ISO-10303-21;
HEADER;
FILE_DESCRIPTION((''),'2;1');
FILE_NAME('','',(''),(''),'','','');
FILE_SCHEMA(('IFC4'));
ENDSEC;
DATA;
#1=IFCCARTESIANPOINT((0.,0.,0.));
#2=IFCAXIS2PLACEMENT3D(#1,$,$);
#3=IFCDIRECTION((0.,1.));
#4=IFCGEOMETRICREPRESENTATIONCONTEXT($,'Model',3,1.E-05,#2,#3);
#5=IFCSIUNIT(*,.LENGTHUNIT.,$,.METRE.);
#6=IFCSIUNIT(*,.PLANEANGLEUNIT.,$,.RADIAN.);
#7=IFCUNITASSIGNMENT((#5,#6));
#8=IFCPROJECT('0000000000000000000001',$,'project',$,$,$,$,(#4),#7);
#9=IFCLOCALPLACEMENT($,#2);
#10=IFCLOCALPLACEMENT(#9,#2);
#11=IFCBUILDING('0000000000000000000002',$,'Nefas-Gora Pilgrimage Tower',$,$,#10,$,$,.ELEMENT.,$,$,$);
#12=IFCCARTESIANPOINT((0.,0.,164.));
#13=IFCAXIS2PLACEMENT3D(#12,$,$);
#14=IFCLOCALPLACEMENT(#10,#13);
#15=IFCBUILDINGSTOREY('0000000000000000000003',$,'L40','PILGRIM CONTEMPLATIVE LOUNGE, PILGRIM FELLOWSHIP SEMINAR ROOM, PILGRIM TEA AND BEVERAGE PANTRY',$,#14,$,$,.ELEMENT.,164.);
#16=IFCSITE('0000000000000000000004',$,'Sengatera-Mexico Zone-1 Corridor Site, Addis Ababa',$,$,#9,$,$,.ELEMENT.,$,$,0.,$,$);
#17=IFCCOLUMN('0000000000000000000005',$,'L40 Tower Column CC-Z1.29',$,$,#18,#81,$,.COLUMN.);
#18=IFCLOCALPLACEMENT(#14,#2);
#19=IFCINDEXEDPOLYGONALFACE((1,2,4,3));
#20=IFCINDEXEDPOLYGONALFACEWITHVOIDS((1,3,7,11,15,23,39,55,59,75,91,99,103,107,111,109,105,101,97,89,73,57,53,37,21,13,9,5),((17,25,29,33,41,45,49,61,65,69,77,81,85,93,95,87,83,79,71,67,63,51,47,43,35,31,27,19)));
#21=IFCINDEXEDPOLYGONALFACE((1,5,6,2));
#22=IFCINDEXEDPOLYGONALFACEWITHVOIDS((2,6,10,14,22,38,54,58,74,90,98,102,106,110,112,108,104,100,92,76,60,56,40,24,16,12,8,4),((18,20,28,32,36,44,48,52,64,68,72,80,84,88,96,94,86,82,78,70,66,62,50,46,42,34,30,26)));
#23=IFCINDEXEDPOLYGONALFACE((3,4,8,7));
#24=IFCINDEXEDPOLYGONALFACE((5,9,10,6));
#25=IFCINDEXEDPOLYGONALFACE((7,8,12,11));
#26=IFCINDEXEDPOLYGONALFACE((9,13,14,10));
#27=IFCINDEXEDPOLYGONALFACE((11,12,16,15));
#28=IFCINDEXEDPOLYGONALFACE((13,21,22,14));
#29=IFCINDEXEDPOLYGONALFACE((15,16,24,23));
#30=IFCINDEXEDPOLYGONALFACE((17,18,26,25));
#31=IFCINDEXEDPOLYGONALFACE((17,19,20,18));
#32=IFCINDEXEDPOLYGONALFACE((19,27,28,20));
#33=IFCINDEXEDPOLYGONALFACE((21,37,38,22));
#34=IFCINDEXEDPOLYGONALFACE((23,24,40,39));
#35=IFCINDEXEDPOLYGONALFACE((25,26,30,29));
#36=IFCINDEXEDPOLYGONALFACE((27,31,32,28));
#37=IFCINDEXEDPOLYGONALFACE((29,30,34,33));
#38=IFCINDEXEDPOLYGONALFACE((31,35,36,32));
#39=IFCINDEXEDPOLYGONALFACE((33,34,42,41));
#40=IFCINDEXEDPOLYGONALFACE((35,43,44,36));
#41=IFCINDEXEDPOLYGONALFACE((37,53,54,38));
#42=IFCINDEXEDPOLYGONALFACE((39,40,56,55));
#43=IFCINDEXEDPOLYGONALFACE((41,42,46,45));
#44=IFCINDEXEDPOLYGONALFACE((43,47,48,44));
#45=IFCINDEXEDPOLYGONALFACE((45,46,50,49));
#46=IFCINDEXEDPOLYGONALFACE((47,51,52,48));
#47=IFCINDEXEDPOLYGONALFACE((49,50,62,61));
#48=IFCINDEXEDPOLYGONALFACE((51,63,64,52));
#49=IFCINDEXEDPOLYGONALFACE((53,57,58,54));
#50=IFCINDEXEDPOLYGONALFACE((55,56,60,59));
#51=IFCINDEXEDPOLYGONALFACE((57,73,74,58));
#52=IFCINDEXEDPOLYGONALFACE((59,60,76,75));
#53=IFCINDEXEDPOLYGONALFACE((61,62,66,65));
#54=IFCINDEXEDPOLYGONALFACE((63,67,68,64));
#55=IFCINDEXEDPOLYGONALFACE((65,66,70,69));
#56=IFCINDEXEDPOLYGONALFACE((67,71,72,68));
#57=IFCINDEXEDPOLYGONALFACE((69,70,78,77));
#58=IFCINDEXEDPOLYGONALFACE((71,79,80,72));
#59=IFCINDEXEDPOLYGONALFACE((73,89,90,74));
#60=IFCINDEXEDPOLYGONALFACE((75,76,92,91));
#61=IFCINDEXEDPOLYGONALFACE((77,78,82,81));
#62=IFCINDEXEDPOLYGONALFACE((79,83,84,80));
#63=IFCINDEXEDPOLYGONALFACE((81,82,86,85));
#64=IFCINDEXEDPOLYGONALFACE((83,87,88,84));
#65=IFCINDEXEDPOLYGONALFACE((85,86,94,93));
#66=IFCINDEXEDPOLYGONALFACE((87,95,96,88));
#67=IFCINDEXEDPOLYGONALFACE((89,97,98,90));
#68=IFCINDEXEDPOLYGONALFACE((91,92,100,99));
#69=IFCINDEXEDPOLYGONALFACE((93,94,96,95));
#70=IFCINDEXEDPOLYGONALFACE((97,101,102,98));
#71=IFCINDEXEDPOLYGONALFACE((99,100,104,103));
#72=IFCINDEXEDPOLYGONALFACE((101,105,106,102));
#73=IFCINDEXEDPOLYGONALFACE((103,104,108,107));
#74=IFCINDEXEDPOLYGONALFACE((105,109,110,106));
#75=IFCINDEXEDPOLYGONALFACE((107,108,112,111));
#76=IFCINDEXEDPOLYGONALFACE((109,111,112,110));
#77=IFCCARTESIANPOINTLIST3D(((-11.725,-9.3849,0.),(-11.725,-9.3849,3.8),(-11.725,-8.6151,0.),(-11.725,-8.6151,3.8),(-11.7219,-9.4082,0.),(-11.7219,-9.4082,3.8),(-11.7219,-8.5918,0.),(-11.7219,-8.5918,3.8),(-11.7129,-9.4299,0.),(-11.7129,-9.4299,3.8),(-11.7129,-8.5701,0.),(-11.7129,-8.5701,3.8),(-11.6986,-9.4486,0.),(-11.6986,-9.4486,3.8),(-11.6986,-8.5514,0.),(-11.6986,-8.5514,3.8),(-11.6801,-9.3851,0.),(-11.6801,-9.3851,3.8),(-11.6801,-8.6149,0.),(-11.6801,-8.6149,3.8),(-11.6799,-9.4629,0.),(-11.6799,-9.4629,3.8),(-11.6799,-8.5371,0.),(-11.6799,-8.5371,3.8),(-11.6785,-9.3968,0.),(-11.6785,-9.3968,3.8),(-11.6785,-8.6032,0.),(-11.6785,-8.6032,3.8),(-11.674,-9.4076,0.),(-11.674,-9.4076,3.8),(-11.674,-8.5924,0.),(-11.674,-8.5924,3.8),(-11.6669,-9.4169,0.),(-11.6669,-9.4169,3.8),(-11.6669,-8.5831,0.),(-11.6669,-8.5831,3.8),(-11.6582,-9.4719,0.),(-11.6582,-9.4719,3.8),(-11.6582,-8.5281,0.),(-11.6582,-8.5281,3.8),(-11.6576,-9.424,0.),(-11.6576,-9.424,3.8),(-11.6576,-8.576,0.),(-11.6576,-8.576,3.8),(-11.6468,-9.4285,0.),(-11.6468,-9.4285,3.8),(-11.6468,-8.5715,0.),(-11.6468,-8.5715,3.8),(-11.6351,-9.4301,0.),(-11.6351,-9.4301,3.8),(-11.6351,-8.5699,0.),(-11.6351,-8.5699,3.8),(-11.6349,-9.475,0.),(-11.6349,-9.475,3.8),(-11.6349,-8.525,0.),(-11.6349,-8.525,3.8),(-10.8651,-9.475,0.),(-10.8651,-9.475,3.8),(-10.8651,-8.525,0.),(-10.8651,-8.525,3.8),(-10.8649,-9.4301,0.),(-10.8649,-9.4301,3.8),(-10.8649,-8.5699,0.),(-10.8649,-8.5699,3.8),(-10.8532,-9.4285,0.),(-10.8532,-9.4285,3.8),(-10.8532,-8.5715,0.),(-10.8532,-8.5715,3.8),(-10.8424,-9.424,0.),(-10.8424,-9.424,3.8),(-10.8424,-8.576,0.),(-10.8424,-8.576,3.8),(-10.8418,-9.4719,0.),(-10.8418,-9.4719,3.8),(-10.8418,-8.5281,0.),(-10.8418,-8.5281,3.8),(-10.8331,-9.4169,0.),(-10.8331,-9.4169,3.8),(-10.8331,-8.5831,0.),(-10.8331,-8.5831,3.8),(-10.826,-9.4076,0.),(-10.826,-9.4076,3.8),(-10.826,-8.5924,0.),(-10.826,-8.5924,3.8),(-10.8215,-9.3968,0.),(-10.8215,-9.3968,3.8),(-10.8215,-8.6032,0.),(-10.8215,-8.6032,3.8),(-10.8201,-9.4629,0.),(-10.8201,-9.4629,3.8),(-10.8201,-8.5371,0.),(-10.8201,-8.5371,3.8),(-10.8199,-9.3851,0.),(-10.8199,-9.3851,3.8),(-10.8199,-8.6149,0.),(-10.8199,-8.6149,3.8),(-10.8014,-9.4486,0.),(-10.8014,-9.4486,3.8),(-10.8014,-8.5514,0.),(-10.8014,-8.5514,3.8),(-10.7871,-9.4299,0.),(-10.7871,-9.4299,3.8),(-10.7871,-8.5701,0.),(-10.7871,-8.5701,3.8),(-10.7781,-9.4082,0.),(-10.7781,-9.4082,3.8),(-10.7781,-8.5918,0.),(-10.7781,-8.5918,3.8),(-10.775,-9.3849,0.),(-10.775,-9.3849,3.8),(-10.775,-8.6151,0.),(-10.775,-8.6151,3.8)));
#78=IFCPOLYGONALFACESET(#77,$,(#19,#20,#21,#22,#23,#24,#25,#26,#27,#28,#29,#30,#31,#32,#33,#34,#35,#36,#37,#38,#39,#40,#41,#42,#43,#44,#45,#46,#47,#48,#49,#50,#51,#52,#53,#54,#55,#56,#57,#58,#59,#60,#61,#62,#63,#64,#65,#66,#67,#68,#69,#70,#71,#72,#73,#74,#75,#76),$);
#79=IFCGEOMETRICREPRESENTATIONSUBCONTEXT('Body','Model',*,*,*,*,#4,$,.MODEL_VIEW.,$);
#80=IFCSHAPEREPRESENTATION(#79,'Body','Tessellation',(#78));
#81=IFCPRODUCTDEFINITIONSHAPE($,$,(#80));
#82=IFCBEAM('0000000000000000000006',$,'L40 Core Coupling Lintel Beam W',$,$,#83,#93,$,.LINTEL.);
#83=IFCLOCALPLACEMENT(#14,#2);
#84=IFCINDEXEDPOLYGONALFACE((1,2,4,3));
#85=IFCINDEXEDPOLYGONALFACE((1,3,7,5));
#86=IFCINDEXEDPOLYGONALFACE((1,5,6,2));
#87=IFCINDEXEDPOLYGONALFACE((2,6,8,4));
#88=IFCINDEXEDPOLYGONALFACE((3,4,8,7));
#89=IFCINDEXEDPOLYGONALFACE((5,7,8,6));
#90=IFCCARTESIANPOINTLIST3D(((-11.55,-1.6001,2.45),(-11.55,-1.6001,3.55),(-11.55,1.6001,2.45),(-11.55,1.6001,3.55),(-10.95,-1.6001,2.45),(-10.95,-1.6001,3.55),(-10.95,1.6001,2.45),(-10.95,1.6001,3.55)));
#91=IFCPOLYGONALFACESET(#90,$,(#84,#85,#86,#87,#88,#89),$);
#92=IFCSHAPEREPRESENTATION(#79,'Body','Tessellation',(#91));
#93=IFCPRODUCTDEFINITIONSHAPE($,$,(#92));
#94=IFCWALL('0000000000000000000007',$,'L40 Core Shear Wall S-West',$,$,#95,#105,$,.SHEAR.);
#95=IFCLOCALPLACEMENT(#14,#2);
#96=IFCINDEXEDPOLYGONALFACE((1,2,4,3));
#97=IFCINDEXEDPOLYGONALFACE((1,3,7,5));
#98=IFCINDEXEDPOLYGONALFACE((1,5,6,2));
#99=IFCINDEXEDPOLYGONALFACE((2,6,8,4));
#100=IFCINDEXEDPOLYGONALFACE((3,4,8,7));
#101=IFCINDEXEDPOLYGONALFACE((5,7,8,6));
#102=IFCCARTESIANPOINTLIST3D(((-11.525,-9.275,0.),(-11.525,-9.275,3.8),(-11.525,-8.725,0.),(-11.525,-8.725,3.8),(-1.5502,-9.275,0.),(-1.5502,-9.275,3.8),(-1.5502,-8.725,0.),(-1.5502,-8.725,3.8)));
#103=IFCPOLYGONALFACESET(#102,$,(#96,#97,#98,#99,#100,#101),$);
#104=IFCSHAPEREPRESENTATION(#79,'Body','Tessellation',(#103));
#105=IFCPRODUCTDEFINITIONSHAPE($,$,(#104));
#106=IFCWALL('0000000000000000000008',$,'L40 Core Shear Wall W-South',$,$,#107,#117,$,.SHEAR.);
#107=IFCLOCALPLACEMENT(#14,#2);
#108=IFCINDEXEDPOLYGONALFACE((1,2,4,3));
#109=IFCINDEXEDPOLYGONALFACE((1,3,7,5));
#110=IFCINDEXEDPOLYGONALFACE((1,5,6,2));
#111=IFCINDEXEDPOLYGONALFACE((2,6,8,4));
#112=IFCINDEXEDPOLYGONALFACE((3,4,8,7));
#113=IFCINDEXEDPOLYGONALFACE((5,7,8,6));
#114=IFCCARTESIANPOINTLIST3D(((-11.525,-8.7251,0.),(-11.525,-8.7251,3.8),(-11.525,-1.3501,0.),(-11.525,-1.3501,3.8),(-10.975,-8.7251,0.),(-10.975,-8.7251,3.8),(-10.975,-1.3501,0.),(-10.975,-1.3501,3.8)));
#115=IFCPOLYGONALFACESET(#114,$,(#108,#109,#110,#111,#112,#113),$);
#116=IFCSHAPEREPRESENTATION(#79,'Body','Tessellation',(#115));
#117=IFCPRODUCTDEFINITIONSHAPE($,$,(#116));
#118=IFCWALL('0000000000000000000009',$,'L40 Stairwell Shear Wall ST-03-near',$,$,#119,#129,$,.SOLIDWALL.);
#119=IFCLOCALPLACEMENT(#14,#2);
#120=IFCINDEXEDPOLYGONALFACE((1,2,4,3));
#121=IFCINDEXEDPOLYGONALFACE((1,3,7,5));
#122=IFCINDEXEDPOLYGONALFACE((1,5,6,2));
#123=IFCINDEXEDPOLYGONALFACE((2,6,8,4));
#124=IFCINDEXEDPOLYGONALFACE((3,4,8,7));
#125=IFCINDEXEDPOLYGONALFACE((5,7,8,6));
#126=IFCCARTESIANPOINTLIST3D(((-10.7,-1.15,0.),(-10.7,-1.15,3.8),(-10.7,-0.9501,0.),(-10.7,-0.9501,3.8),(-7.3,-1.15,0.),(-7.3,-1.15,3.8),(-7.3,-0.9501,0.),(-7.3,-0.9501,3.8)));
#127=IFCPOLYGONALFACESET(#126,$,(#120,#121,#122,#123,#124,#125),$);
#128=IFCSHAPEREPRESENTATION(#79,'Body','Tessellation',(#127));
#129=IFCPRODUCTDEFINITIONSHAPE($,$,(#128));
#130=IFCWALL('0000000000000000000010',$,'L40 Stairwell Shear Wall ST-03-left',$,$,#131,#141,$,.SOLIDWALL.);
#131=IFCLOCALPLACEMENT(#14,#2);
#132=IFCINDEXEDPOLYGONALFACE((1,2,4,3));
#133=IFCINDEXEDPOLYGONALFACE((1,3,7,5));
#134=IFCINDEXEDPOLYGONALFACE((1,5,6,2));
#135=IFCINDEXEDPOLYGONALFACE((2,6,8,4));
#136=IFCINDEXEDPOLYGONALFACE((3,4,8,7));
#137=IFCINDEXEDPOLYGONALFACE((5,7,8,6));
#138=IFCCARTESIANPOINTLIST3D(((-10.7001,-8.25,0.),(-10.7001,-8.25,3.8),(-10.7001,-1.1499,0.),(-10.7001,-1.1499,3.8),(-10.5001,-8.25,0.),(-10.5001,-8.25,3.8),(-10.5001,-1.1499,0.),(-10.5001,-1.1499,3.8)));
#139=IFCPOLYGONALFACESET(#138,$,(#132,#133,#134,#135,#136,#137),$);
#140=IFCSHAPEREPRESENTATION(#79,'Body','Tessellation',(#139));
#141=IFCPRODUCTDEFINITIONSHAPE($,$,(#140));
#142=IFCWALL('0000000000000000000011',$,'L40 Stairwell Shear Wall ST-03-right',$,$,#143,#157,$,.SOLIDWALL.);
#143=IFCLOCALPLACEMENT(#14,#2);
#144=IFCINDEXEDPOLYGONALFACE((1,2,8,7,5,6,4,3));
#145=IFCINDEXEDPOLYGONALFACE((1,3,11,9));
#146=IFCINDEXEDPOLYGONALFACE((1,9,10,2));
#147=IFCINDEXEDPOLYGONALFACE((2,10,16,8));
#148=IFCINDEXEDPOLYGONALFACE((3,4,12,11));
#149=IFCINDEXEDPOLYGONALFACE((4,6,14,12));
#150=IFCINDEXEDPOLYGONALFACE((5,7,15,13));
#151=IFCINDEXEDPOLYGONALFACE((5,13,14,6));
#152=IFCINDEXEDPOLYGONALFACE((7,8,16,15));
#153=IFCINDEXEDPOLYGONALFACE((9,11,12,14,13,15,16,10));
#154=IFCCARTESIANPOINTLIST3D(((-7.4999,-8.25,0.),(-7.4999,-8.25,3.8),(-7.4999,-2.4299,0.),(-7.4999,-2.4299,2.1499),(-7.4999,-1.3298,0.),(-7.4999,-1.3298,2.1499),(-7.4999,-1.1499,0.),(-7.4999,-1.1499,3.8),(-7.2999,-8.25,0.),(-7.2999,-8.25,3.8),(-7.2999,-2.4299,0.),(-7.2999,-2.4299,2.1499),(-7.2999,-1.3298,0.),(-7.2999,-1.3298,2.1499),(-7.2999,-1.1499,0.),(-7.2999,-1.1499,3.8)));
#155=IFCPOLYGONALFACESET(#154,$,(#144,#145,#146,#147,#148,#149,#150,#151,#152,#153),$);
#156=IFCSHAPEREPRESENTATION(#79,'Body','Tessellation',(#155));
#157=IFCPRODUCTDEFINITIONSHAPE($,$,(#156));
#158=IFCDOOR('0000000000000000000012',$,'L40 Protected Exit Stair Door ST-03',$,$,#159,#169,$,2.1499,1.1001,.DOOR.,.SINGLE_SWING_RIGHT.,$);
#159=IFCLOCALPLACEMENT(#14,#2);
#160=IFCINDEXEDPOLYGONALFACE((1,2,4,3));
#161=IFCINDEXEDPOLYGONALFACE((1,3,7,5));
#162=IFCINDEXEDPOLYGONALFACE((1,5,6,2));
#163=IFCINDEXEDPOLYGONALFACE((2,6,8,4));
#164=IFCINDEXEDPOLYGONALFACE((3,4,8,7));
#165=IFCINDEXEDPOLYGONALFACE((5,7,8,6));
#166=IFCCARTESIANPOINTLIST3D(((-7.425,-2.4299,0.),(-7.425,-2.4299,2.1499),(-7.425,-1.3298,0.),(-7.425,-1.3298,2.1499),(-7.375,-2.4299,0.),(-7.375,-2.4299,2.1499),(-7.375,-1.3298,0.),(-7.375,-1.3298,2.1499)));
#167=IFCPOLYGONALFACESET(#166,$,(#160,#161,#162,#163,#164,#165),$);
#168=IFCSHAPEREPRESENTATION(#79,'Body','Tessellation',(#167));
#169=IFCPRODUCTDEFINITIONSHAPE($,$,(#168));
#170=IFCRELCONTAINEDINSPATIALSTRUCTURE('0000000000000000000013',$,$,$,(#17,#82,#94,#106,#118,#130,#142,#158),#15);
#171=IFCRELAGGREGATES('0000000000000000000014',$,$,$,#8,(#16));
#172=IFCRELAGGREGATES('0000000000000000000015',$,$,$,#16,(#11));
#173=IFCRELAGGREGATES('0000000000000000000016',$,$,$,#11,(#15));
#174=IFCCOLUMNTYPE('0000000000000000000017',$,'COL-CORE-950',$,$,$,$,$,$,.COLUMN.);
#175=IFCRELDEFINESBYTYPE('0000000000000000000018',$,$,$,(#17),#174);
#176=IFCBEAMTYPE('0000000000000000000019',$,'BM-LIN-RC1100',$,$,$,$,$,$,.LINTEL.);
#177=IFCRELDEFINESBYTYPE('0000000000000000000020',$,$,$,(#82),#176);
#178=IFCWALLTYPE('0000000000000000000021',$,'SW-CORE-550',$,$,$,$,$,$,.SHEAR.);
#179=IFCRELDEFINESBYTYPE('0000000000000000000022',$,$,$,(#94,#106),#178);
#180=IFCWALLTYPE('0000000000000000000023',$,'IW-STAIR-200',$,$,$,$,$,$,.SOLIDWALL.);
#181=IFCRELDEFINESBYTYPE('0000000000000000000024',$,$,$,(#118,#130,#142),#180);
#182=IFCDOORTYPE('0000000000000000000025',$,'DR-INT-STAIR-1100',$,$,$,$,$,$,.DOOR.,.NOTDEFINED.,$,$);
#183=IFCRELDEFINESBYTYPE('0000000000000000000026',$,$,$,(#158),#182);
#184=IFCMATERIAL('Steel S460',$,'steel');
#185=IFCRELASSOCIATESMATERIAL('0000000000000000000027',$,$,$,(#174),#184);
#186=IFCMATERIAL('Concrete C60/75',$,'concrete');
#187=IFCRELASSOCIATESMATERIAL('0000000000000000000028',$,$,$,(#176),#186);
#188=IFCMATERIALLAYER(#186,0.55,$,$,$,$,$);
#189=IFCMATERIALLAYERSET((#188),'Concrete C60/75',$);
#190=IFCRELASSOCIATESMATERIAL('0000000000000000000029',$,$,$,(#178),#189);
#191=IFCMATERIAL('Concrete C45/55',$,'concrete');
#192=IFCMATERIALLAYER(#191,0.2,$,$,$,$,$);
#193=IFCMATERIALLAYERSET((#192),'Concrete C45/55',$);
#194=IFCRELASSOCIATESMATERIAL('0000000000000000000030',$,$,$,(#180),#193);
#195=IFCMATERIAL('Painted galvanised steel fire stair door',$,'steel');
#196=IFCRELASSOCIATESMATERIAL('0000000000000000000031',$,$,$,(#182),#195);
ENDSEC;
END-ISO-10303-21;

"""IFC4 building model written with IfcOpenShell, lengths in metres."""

from ifc_helpers import new_model, si_unit, direction, frame, frame_2d, origin, origin_2d, place, context, subcontext, project, spatial, rectangle, hollow_rectangle, extrude, source, transform, mapped, material, layer, layer_set, material_profile, profile_set, type_object, element, fill, save


model = new_model("IFC4")

# Units and contexts
model_context = context("Model", 3, precision=1e-05, world=origin(), true_north=direction((0.0, 1.0)))
body_context = subcontext(model_context, "Body", "Model", "MODEL_VIEW")
ifc_project = project(units=[si_unit("LENGTHUNIT", "METRE"), si_unit("PLANEANGLEUNIT", "RADIAN")], contexts=[model_context])

# Site, building, storey
site_placement = place(None, origin())
site = spatial("IfcSite", under=ifc_project, at=site_placement, Name="Sengatera-Mexico Zone-1 Corridor Site, Addis Ababa", CompositionType="ELEMENT", RefElevation=0.0)
building_placement = place(site_placement, origin())
building = spatial("IfcBuilding", under=site, at=building_placement, Name="Nefas-Gora Pilgrimage Tower", CompositionType="ELEMENT")
storey_placement = place(building_placement, frame((0.0, 0.0, 164.0)))
storey = spatial("IfcBuildingStorey", under=building, at=storey_placement, Name="L40", Description="PILGRIM CONTEMPLATIVE LOUNGE, PILGRIM FELLOWSHIP SEMINAR ROOM, PILGRIM TEA AND BEVERAGE PANTRY", CompositionType="ELEMENT", Elevation=164.0)

# Column
ifc_material_1 = material(Name="Steel S460", Category="steel")
ifc_material_profile_1 = material_profile(ifc_material_1, hollow_rectangle(XDim=0.95, YDim=0.95, WallThickness=0.0449, InnerFilletRadius=0.0449, OuterFilletRadius=0.0901, at=origin_2d()), Name="BOX 950x950x45")
ifc_profile_set_1 = profile_set([ifc_material_profile_1], Name="Steel S460")
column_type = type_object("IfcColumnType", Name="COL-CORE-950", PredefinedType="COLUMN", material=ifc_profile_set_1)
shared_shape_1 = source(origin(), body_context, "Body", "SweptSolid", [
    extrude(hollow_rectangle(XDim=0.95, YDim=0.95, WallThickness=0.0449, InnerFilletRadius=0.0449, OuterFilletRadius=0.0901, at=origin_2d()), origin(), (0.0, 0.0, 1.0), 3.8),
])
column_placement = place(storey_placement, frame((-11.25, -9.0, 0.0), z_axis=(0.0, 0.0, 1.0), x_axis=(1.0, 0.0, 0.0)))
element("IfcColumn", 1, at=column_placement, inside=storey, type_object=column_type, Name="L40 Tower Column CC-Z1.29", PredefinedType="COLUMN", context=body_context, shape_type="MappedRepresentation", body=[
    mapped(shared_shape_1, transform((0.0, 0.0, 0.0), x_axis=(1.0, 0.0, 0.0), y_axis=(0.0, 1.0, 0.0), z_axis=(0.0, 0.0, 1.0), scale=1.0)),
])

# Beam
ifc_material_2 = material(Name="Concrete C60/75", Category="concrete")
ifc_material_profile_2 = material_profile(ifc_material_2, rectangle(XDim=0.6001, YDim=1.1001, at=origin_2d()), Name="RC 600x1100")
ifc_profile_set_2 = profile_set([ifc_material_profile_2], Name="Concrete C60/75")
beam_type = type_object("IfcBeamType", Name="BM-LIN-RC1100", PredefinedType="LINTEL", material=ifc_profile_set_2)
shared_shape_2 = source(origin(), body_context, "Body", "SweptSolid", [
    extrude(rectangle(XDim=0.6001, YDim=1.1001, at=origin_2d()), origin(), (0.0, 0.0, 1.0), 3.2002),
])
beam_placement = place(storey_placement, frame((-11.25, -1.6001, 3.0), z_axis=(0.0, 1.0, 0.0), x_axis=(-1.0, 0.0, 0.0)))
element("IfcBeam", 2, at=beam_placement, inside=storey, type_object=beam_type, Name="L40 Core Coupling Lintel Beam W", PredefinedType="LINTEL", context=body_context, shape_type="MappedRepresentation", body=[
    mapped(shared_shape_2, transform((0.0, 0.0, 0.0), x_axis=(1.0, 0.0, 0.0), y_axis=(0.0, 1.0, 0.0), z_axis=(0.0, 0.0, 1.0), scale=1.0)),
])

# Walls
ifc_layer_1 = layer(ifc_material_2, 0.55)
ifc_layer_set_1 = layer_set([ifc_layer_1], Name="Concrete C60/75")
wall_type_1 = type_object("IfcWallType", Name="SW-CORE-550", PredefinedType="SHEAR", material=ifc_layer_set_1)
shared_shape_3 = source(origin(), body_context, "Body", "SweptSolid", [
    extrude(rectangle(XDim=9.9749, YDim=0.55, at=frame_2d((4.9873, 0.0))), origin(), (0.0, 0.0, 1.0), 3.8),
])
wall_1_placement = place(storey_placement, frame((-11.5249, -9.0, 0.0), z_axis=(0.0, 0.0, 1.0), x_axis=(1.0, 0.0, 0.0)))
element("IfcWall", 3, at=wall_1_placement, inside=storey, type_object=wall_type_1, Name="L40 Core Shear Wall S-West", PredefinedType="SHEAR", context=body_context, shape_type="MappedRepresentation", body=[
    mapped(shared_shape_3, transform((0.0, 0.0, 0.0), x_axis=(1.0, 0.0, 0.0), y_axis=(0.0, 1.0, 0.0), z_axis=(0.0, 0.0, 1.0), scale=1.0)),
])
shared_shape_4 = source(origin(), body_context, "Body", "SweptSolid", [
    extrude(rectangle(XDim=7.375, YDim=0.55, at=frame_2d((3.6875, 0.0))), origin(), (0.0, 0.0, 1.0), 3.8),
])
wall_2_placement = place(storey_placement, frame((-11.25, -8.7251, 0.0), z_axis=(0.0, 0.0, 1.0), x_axis=(0.0, 1.0, 0.0)))
element("IfcWall", 4, at=wall_2_placement, inside=storey, type_object=wall_type_1, Name="L40 Core Shear Wall W-South", PredefinedType="SHEAR", context=body_context, shape_type="MappedRepresentation", body=[
    mapped(shared_shape_4, transform((0.0, 0.0, 0.0), x_axis=(1.0, 0.0, 0.0), y_axis=(0.0, 1.0, 0.0), z_axis=(0.0, 0.0, 1.0), scale=1.0)),
])
ifc_material_3 = material(Name="Concrete C45/55", Category="concrete")
ifc_layer_2 = layer(ifc_material_3, 0.2)
ifc_layer_set_2 = layer_set([ifc_layer_2], Name="Concrete C45/55")
wall_type_2 = type_object("IfcWallType", Name="IW-STAIR-200", PredefinedType="SOLIDWALL", material=ifc_layer_set_2)
shared_shape_5 = source(origin(), body_context, "Body", "SweptSolid", [
    extrude(rectangle(XDim=3.3999, YDim=0.2, at=frame_2d((1.7, 0.0))), origin(), (0.0, 0.0, 1.0), 3.8),
])
wall_3_placement = place(storey_placement, frame((-10.7, -1.05, 0.0), z_axis=(0.0, 0.0, 1.0), x_axis=(1.0, 0.0, 0.0)))
element("IfcWall", 5, at=wall_3_placement, inside=storey, type_object=wall_type_2, Name="L40 Stairwell Shear Wall ST-03-near", PredefinedType="SOLIDWALL", context=body_context, shape_type="MappedRepresentation", body=[
    mapped(shared_shape_5, transform((0.0, 0.0, 0.0), x_axis=(1.0, 0.0, 0.0), y_axis=(0.0, 1.0, 0.0), z_axis=(0.0, 0.0, 1.0), scale=1.0)),
])
shared_shape_6 = source(origin(), body_context, "Body", "SweptSolid", [
    extrude(rectangle(XDim=7.1001, YDim=0.2, at=frame_2d((3.55, 0.0))), origin(), (0.0, 0.0, 1.0), 3.8),
])
wall_4_placement = place(storey_placement, frame((-10.6001, -1.1499, 0.0), z_axis=(0.0, 0.0, 1.0), x_axis=(0.0, -1.0, 0.0)))
element("IfcWall", 6, at=wall_4_placement, inside=storey, type_object=wall_type_2, Name="L40 Stairwell Shear Wall ST-03-left", PredefinedType="SOLIDWALL", context=body_context, shape_type="MappedRepresentation", body=[
    mapped(shared_shape_6, transform((0.0, 0.0, 0.0), x_axis=(1.0, 0.0, 0.0), y_axis=(0.0, 1.0, 0.0), z_axis=(0.0, 0.0, 1.0), scale=1.0)),
])

# Wall, opening, door
wall_5_placement = place(storey_placement, frame((-7.3999, -1.1499, 0.0), z_axis=(0.0, 0.0, 1.0), x_axis=(0.0, -1.0, 0.0)))
wall_5 = element("IfcWall", 7, at=wall_5_placement, inside=storey, type_object=wall_type_2, Name="L40 Stairwell Shear Wall ST-03-right", PredefinedType="SOLIDWALL", context=body_context, shape_type="MappedRepresentation", body=[
    mapped(shared_shape_6, transform((0.0, 0.0, 0.0), x_axis=(1.0, 0.0, 0.0), y_axis=(0.0, 1.0, 0.0), z_axis=(0.0, 0.0, 1.0), scale=1.0)),
])
opening_1_placement = place(wall_5_placement, frame((0.1799, 0.0, 0.0)))
opening_1 = element("IfcOpeningElement", 8, at=opening_1_placement, cuts=wall_5, PredefinedType="OPENING", context=body_context, shape_type="SweptSolid", body=[
    extrude(rectangle(XDim=1.1001, YDim=2.1499, at=frame_2d((0.55, 1.075))), frame((0.0, 0.1099, 0.0), z_axis=(0.0, -1.0, 0.0), x_axis=(1.0, 0.0, 0.0)), (0.0, 0.0, 1.0), 0.22),
])
ifc_material_4 = material(Name="Painted galvanised steel fire stair door", Category="steel")
door_type_1 = type_object("IfcDoorType", Name="DR-INT-STAIR-1100", OperationType="NOTDEFINED", PredefinedType="DOOR", material=ifc_material_4)
shared_shape_7 = source(origin(), body_context, "Body", "SweptSolid", [
    extrude(rectangle(XDim=1.1001, YDim=2.1499, at=frame_2d((0.55, 1.075))), frame((0.0, 0.0249, 0.0), z_axis=(0.0, -1.0, 0.0), x_axis=(1.0, 0.0, 0.0)), (0.0, 0.0, 1.0), 0.05),
])
door_1_placement = place(opening_1_placement, origin())
door_1 = element("IfcDoor", 9, at=door_1_placement, inside=storey, type_object=door_type_1, Name="L40 Protected Exit Stair Door ST-03", OperationType="SINGLE_SWING_RIGHT", OverallHeight=2.1499, OverallWidth=1.1001, PredefinedType="DOOR", context=body_context, shape_type="MappedRepresentation", body=[
    mapped(shared_shape_7, transform((0.0, 0.0, 0.0), x_axis=(1.0, 0.0, 0.0), y_axis=(0.0, 1.0, 0.0), z_axis=(0.0, 0.0, 1.0), scale=1.0)),
])
fill(opening_1, door_1)

save(model, "model.ifc")
